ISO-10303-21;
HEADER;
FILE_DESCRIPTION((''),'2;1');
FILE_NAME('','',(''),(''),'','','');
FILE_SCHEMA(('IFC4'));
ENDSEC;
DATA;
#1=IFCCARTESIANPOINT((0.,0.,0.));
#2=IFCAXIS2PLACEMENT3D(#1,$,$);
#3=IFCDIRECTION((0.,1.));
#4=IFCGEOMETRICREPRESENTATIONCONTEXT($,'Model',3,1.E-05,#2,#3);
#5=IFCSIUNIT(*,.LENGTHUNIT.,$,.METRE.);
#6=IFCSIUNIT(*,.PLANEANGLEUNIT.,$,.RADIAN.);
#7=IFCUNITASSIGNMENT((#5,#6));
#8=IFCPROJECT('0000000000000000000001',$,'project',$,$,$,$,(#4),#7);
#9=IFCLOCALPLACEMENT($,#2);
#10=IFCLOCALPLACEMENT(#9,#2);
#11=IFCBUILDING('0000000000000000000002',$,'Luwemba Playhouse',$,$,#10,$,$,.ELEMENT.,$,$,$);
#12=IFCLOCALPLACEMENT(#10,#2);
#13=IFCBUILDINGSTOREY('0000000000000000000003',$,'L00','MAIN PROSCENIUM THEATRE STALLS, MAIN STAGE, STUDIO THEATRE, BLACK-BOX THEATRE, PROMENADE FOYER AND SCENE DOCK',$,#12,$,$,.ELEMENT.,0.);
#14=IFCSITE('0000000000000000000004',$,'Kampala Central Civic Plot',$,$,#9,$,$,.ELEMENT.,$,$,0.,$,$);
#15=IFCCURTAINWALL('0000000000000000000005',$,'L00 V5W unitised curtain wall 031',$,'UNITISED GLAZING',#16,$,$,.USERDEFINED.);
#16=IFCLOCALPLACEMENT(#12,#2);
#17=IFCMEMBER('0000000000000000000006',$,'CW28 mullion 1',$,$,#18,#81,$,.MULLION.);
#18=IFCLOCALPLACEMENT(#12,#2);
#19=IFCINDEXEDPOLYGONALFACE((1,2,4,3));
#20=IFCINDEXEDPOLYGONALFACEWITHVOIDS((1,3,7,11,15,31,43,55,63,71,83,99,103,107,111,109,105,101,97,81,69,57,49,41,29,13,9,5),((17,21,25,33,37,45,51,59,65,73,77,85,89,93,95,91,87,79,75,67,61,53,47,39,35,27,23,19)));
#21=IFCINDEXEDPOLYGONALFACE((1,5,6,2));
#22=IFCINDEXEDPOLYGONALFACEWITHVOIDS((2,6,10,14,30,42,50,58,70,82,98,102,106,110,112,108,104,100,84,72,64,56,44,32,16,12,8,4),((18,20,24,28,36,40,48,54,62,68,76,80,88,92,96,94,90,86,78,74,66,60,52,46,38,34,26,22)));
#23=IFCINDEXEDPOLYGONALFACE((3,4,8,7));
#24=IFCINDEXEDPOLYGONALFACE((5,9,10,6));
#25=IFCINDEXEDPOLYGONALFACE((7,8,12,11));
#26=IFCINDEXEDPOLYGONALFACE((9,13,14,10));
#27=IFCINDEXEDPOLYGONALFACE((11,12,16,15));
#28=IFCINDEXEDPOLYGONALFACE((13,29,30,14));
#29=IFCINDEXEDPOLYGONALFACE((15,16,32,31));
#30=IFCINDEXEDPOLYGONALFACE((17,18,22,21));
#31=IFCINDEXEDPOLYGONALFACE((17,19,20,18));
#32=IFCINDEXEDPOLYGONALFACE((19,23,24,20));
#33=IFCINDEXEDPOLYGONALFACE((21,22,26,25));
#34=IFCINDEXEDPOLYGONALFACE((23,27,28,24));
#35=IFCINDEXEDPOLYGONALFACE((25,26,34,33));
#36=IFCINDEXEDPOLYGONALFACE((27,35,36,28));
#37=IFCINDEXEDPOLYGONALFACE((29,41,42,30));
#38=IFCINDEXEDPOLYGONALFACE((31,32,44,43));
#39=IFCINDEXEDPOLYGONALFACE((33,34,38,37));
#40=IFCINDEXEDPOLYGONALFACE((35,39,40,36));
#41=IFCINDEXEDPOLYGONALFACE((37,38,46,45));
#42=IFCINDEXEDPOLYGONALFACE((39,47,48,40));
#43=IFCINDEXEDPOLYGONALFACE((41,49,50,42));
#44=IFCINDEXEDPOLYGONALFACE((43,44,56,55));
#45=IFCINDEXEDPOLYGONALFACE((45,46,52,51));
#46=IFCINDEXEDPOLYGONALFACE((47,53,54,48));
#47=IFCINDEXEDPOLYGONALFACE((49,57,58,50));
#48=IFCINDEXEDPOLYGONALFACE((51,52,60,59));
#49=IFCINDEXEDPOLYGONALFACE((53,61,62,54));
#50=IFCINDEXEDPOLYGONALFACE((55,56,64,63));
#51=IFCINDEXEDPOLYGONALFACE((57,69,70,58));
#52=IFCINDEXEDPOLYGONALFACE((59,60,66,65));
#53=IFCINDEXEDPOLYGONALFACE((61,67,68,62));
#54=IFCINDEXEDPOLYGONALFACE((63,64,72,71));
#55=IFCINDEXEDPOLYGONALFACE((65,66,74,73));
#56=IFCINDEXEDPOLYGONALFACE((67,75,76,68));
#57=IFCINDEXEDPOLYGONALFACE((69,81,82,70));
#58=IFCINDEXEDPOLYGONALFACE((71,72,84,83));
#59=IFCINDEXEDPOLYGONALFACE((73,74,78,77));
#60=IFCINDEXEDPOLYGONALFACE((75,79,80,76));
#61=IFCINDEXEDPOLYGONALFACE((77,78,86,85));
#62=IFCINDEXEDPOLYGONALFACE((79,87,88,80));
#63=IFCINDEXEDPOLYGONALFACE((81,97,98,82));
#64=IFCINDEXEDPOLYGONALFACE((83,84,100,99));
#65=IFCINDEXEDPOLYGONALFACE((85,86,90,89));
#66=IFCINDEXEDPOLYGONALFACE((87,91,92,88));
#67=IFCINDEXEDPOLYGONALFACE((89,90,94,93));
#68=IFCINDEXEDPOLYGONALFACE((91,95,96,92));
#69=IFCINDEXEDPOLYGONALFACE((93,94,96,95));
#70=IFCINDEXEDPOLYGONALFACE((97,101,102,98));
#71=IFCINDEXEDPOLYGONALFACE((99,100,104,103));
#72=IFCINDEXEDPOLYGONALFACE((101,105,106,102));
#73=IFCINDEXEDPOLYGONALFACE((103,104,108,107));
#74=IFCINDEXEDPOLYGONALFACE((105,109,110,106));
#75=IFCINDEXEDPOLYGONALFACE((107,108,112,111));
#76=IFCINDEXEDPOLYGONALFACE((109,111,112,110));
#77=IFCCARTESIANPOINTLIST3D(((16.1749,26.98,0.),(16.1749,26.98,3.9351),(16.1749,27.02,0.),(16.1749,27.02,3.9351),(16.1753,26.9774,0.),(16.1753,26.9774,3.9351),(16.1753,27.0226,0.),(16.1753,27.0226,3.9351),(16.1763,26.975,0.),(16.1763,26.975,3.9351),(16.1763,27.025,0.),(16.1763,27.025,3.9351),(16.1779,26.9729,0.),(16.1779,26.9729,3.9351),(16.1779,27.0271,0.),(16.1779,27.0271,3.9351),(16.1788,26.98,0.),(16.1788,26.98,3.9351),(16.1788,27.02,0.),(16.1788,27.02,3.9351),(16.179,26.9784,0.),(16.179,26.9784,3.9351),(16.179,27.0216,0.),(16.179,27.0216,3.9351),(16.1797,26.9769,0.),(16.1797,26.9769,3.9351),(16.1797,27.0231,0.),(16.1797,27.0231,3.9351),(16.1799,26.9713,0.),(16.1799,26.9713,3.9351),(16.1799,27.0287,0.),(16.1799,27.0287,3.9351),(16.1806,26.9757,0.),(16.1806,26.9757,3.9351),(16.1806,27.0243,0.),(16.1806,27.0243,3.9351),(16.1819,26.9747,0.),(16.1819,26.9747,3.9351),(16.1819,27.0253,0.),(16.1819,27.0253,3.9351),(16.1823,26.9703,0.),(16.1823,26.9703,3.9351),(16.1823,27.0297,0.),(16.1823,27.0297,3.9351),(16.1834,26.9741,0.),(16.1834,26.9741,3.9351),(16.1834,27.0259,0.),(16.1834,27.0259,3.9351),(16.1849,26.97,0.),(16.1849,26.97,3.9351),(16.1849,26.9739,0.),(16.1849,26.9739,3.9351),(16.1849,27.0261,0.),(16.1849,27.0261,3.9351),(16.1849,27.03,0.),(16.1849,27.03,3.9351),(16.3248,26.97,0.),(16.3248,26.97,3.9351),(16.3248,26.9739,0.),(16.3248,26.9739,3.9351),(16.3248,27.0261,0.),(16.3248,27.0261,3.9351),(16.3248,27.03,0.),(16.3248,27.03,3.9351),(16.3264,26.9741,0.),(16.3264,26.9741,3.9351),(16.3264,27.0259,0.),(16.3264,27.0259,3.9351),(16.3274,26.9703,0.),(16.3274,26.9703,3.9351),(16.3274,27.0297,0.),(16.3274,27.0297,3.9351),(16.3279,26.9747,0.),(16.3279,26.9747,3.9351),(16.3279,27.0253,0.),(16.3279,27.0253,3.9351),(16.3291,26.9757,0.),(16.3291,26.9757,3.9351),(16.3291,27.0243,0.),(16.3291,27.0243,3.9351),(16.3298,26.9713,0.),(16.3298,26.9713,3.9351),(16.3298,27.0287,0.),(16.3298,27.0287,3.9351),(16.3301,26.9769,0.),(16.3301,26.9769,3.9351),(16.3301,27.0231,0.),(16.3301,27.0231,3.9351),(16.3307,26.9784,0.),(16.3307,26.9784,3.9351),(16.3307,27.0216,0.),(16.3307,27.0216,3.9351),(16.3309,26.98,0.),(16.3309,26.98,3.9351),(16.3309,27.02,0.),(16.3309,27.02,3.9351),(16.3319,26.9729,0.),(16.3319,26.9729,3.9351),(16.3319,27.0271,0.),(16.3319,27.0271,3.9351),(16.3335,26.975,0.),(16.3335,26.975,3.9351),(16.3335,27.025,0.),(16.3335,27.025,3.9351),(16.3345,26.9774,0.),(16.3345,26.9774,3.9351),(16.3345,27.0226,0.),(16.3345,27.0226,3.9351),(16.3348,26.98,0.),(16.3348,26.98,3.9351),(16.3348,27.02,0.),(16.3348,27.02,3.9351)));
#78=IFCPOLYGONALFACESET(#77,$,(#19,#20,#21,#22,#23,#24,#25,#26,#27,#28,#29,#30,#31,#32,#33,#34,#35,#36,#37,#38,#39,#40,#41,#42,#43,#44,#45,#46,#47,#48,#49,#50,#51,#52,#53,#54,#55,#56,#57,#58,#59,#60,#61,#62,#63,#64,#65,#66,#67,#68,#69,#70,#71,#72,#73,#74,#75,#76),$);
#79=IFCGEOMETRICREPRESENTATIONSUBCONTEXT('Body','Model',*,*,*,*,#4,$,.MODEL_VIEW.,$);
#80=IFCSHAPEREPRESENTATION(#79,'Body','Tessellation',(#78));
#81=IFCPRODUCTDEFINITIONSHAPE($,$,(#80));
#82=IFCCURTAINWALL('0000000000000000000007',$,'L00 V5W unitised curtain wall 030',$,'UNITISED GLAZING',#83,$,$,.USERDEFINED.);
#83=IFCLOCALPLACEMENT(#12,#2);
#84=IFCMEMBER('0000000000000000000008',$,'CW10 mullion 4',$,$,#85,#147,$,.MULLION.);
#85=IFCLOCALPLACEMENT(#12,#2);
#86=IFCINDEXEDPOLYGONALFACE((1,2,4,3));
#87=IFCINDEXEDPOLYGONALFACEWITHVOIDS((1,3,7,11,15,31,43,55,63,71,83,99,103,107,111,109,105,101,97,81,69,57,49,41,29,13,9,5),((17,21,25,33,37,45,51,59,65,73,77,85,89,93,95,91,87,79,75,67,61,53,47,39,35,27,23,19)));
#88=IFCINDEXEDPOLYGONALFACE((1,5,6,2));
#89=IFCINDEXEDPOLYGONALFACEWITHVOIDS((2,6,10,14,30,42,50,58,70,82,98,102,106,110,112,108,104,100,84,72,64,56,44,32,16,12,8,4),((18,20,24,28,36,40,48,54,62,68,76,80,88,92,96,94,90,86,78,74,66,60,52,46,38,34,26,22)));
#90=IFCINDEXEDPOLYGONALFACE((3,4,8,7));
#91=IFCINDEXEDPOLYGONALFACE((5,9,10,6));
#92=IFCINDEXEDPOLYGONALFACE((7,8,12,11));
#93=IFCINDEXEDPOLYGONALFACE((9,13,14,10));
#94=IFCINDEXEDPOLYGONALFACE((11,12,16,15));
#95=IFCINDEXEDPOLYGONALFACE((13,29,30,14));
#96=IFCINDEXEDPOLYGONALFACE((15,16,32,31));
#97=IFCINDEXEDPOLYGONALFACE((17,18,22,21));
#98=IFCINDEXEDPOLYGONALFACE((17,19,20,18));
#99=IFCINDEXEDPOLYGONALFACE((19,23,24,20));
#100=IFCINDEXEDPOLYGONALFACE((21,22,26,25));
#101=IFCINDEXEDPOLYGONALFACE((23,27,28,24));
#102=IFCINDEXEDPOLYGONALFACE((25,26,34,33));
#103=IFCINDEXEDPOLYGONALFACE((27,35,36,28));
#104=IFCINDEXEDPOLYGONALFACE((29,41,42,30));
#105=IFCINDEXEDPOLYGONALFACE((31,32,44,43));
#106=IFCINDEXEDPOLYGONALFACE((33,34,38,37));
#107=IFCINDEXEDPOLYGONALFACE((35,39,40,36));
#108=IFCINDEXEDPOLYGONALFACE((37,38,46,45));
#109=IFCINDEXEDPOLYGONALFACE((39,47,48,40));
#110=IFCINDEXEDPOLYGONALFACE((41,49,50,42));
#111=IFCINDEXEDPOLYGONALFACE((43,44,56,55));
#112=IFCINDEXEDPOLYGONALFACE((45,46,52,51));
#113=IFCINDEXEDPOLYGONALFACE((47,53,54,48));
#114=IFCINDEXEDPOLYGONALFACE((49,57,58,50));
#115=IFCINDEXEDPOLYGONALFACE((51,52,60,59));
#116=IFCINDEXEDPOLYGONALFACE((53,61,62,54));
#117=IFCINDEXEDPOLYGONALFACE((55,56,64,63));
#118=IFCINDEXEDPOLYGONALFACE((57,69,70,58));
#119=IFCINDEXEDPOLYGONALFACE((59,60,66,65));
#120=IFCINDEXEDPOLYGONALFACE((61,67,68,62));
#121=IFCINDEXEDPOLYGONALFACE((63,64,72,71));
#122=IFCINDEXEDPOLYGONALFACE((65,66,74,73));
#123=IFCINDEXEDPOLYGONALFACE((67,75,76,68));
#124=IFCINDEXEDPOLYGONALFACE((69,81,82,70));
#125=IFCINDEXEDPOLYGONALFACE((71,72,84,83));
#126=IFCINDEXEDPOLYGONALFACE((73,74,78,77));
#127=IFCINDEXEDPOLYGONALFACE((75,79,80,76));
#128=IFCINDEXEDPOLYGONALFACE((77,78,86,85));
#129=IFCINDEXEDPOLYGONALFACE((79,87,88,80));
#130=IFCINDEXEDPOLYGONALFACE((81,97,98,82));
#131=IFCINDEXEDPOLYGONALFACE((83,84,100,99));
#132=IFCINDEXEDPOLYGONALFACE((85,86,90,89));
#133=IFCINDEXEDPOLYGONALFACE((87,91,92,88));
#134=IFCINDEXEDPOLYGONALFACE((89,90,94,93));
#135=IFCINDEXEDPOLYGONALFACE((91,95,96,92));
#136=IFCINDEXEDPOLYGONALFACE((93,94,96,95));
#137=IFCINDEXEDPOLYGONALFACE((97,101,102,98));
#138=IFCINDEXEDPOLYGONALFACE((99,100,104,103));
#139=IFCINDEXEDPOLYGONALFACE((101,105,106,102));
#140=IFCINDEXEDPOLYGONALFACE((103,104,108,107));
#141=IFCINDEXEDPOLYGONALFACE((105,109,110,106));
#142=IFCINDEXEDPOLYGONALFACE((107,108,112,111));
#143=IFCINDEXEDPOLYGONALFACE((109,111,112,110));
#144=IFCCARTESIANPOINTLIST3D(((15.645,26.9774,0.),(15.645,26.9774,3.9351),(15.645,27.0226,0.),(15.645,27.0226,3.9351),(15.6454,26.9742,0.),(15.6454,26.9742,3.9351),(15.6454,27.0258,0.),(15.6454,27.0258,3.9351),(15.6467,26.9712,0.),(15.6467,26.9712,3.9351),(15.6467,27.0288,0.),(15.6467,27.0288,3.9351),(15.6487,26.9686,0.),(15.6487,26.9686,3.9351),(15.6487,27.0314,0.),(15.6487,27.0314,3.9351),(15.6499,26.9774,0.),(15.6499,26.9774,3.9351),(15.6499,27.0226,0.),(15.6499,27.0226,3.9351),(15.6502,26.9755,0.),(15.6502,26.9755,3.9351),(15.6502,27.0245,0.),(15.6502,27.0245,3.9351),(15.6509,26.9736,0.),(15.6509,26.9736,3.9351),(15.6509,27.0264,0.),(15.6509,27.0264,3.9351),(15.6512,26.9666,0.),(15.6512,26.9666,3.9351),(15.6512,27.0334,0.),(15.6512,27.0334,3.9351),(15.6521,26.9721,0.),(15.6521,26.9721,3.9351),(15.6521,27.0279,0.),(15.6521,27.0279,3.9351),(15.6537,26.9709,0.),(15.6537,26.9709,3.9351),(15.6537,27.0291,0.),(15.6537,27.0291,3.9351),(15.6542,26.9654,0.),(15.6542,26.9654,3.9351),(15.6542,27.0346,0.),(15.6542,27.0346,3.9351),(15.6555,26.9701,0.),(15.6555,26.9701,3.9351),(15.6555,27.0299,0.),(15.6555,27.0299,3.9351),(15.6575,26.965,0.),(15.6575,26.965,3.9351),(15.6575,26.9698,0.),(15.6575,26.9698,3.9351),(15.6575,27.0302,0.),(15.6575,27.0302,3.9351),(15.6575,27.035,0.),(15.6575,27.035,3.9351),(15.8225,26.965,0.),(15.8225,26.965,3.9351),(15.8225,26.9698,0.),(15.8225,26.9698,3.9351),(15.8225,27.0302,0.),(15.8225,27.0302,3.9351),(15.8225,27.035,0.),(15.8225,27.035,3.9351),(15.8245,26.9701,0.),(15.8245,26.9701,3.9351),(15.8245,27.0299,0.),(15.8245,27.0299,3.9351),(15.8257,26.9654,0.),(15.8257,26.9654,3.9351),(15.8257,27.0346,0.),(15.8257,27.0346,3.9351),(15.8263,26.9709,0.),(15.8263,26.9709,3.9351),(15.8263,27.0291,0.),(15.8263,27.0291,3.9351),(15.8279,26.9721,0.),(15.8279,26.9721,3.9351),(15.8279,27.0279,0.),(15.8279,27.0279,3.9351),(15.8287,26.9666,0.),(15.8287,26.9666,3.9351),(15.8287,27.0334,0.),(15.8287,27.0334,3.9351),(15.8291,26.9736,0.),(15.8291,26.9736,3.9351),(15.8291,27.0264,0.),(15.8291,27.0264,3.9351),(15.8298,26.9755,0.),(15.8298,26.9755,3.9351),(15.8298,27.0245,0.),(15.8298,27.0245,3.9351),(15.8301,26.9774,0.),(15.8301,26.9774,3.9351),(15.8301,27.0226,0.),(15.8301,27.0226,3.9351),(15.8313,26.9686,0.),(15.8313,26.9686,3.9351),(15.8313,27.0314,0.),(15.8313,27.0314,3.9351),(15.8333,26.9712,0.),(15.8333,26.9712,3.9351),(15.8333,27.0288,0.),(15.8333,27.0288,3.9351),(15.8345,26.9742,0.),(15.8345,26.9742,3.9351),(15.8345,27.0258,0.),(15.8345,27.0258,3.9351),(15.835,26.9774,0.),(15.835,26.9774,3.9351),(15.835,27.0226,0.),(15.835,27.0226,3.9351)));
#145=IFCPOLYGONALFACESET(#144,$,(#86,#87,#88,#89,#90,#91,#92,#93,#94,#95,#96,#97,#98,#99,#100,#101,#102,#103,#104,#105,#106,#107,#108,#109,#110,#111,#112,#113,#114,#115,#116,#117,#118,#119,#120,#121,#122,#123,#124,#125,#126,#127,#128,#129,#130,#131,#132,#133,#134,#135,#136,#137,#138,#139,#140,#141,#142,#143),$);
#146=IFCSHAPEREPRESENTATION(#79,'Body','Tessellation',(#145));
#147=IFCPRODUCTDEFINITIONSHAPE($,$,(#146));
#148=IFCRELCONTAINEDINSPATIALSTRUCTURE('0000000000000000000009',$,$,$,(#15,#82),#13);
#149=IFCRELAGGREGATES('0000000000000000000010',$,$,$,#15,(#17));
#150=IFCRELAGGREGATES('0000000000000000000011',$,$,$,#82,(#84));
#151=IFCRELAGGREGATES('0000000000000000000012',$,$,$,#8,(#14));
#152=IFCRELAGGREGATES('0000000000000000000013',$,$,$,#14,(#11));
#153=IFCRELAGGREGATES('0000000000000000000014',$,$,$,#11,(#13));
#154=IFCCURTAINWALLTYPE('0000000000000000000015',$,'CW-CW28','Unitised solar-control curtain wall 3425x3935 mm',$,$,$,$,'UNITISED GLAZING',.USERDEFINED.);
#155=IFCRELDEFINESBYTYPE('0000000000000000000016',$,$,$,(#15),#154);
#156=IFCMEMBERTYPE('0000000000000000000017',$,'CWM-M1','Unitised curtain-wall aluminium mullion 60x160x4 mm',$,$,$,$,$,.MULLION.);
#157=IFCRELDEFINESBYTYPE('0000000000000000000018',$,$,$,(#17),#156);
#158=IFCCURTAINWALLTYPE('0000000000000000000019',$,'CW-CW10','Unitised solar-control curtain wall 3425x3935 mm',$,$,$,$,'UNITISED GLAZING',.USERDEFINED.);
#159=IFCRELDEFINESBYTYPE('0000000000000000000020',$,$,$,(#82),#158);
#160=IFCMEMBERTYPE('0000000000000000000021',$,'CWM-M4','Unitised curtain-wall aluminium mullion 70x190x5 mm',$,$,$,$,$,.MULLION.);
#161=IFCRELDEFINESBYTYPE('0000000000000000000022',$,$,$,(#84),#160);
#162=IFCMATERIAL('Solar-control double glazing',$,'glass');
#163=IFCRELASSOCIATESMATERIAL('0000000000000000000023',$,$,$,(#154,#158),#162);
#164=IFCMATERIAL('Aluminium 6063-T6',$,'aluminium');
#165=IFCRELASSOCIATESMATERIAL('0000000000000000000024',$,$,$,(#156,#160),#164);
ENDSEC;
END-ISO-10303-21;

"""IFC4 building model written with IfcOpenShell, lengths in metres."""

from ifc_helpers import new_model, si_unit, direction, frame, origin, origin_2d, place, context, subcontext, project, spatial, hollow_rectangle, extrude, material, material_profile, profile_set, type_object, element, aggregate, save


model = new_model("IFC4")

# Units and contexts
model_context = context("Model", 3, precision=1e-05, world=origin(), true_north=direction((0.0, 1.0)))
body_context = subcontext(model_context, "Body", "Model", "MODEL_VIEW")
ifc_project = project(units=[si_unit("LENGTHUNIT", "METRE"), si_unit("PLANEANGLEUNIT", "RADIAN")], contexts=[model_context])

# Site, building, storey
site_placement = place(None, origin())
site = spatial("IfcSite", under=ifc_project, at=site_placement, Name="Kampala Central Civic Plot", CompositionType="ELEMENT", RefElevation=0.0)
building_placement = place(site_placement, origin())
building = spatial("IfcBuilding", under=site, at=building_placement, Name="Luwemba Playhouse", CompositionType="ELEMENT")
storey_placement = place(building_placement, origin())
storey = spatial("IfcBuildingStorey", under=building, at=storey_placement, Name="L00", Description="MAIN PROSCENIUM THEATRE STALLS, MAIN STAGE, STUDIO THEATRE, BLACK-BOX THEATRE, PROMENADE FOYER AND SCENE DOCK", CompositionType="ELEMENT", Elevation=0.0)

# Curtain walls, members
ifc_material_1 = material(Name="Solar-control double glazing", Category="glass")
curtain_wall_type_1 = type_object("IfcCurtainWallType", Name="CW-CW28", Description="Unitised solar-control curtain wall 3425x3935 mm", ElementType="UNITISED GLAZING", PredefinedType="USERDEFINED", material=ifc_material_1)
curtain_wall_1_placement = place(storey_placement, origin())
curtain_wall_1 = element("IfcCurtainWall", 1, at=curtain_wall_1_placement, inside=storey, type_object=curtain_wall_type_1, Name="L00 V5W unitised curtain wall 031", ObjectType="UNITISED GLAZING", PredefinedType="USERDEFINED")
ifc_material_2 = material(Name="Aluminium 6063-T6", Category="aluminium")
ifc_material_profile_1 = material_profile(ifc_material_2, hollow_rectangle(XDim=0.0601, YDim=0.1599, WallThickness=0.0039, InnerFilletRadius=0.0061, OuterFilletRadius=0.01, at=origin_2d()))
ifc_profile_set_1 = profile_set([ifc_material_profile_1], Name="Aluminium 6063-T6")
member_type_1 = type_object("IfcMemberType", Name="CWM-M1", Description="Unitised curtain-wall aluminium mullion 60x160x4 mm", PredefinedType="MULLION", material=ifc_profile_set_1)
member_1_placement = place(storey_placement, frame((16.2549, 27.0, 0.0), z_axis=(0.0, 0.0, 1.0), x_axis=(0.0, 1.0, 0.0)))
member_1 = element("IfcMember", 2, at=member_1_placement, type_object=member_type_1, Name="CW28 mullion 1", PredefinedType="MULLION", context=body_context, shape_type="SweptSolid", body=[
    extrude(hollow_rectangle(XDim=0.0601, YDim=0.1599, WallThickness=0.0039, InnerFilletRadius=0.0061, OuterFilletRadius=0.01, at=origin_2d()), origin(), (0.0, 0.0, 1.0), 3.9351),
])
curtain_wall_type_2 = type_object("IfcCurtainWallType", Name="CW-CW10", Description="Unitised solar-control curtain wall 3425x3935 mm", ElementType="UNITISED GLAZING", PredefinedType="USERDEFINED", material=ifc_material_1)
curtain_wall_2_placement = place(storey_placement, origin())
curtain_wall_2 = element("IfcCurtainWall", 3, at=curtain_wall_2_placement, inside=storey, type_object=curtain_wall_type_2, Name="L00 V5W unitised curtain wall 030", ObjectType="UNITISED GLAZING", PredefinedType="USERDEFINED")
ifc_material_profile_2 = material_profile(ifc_material_2, hollow_rectangle(XDim=0.0701, YDim=0.1899, WallThickness=0.0049, InnerFilletRadius=0.0076, OuterFilletRadius=0.0125, at=origin_2d()))
ifc_profile_set_2 = profile_set([ifc_material_profile_2], Name="Aluminium 6063-T6")
member_type_2 = type_object("IfcMemberType", Name="CWM-M4", Description="Unitised curtain-wall aluminium mullion 70x190x5 mm", PredefinedType="MULLION", material=ifc_profile_set_2)
member_2_placement = place(storey_placement, frame((15.74, 27.0, 0.0), z_axis=(0.0, 0.0, 1.0), x_axis=(0.0, 1.0, 0.0)))
member_2 = element("IfcMember", 4, at=member_2_placement, type_object=member_type_2, Name="CW10 mullion 4", PredefinedType="MULLION", context=body_context, shape_type="SweptSolid", body=[
    extrude(hollow_rectangle(XDim=0.0701, YDim=0.1899, WallThickness=0.0049, InnerFilletRadius=0.0076, OuterFilletRadius=0.0125, at=origin_2d()), origin(), (0.0, 0.0, 1.0), 3.9351),
])

aggregate(curtain_wall_1, [member_1])
aggregate(curtain_wall_2, [member_2])

save(model, "model.ifc")
